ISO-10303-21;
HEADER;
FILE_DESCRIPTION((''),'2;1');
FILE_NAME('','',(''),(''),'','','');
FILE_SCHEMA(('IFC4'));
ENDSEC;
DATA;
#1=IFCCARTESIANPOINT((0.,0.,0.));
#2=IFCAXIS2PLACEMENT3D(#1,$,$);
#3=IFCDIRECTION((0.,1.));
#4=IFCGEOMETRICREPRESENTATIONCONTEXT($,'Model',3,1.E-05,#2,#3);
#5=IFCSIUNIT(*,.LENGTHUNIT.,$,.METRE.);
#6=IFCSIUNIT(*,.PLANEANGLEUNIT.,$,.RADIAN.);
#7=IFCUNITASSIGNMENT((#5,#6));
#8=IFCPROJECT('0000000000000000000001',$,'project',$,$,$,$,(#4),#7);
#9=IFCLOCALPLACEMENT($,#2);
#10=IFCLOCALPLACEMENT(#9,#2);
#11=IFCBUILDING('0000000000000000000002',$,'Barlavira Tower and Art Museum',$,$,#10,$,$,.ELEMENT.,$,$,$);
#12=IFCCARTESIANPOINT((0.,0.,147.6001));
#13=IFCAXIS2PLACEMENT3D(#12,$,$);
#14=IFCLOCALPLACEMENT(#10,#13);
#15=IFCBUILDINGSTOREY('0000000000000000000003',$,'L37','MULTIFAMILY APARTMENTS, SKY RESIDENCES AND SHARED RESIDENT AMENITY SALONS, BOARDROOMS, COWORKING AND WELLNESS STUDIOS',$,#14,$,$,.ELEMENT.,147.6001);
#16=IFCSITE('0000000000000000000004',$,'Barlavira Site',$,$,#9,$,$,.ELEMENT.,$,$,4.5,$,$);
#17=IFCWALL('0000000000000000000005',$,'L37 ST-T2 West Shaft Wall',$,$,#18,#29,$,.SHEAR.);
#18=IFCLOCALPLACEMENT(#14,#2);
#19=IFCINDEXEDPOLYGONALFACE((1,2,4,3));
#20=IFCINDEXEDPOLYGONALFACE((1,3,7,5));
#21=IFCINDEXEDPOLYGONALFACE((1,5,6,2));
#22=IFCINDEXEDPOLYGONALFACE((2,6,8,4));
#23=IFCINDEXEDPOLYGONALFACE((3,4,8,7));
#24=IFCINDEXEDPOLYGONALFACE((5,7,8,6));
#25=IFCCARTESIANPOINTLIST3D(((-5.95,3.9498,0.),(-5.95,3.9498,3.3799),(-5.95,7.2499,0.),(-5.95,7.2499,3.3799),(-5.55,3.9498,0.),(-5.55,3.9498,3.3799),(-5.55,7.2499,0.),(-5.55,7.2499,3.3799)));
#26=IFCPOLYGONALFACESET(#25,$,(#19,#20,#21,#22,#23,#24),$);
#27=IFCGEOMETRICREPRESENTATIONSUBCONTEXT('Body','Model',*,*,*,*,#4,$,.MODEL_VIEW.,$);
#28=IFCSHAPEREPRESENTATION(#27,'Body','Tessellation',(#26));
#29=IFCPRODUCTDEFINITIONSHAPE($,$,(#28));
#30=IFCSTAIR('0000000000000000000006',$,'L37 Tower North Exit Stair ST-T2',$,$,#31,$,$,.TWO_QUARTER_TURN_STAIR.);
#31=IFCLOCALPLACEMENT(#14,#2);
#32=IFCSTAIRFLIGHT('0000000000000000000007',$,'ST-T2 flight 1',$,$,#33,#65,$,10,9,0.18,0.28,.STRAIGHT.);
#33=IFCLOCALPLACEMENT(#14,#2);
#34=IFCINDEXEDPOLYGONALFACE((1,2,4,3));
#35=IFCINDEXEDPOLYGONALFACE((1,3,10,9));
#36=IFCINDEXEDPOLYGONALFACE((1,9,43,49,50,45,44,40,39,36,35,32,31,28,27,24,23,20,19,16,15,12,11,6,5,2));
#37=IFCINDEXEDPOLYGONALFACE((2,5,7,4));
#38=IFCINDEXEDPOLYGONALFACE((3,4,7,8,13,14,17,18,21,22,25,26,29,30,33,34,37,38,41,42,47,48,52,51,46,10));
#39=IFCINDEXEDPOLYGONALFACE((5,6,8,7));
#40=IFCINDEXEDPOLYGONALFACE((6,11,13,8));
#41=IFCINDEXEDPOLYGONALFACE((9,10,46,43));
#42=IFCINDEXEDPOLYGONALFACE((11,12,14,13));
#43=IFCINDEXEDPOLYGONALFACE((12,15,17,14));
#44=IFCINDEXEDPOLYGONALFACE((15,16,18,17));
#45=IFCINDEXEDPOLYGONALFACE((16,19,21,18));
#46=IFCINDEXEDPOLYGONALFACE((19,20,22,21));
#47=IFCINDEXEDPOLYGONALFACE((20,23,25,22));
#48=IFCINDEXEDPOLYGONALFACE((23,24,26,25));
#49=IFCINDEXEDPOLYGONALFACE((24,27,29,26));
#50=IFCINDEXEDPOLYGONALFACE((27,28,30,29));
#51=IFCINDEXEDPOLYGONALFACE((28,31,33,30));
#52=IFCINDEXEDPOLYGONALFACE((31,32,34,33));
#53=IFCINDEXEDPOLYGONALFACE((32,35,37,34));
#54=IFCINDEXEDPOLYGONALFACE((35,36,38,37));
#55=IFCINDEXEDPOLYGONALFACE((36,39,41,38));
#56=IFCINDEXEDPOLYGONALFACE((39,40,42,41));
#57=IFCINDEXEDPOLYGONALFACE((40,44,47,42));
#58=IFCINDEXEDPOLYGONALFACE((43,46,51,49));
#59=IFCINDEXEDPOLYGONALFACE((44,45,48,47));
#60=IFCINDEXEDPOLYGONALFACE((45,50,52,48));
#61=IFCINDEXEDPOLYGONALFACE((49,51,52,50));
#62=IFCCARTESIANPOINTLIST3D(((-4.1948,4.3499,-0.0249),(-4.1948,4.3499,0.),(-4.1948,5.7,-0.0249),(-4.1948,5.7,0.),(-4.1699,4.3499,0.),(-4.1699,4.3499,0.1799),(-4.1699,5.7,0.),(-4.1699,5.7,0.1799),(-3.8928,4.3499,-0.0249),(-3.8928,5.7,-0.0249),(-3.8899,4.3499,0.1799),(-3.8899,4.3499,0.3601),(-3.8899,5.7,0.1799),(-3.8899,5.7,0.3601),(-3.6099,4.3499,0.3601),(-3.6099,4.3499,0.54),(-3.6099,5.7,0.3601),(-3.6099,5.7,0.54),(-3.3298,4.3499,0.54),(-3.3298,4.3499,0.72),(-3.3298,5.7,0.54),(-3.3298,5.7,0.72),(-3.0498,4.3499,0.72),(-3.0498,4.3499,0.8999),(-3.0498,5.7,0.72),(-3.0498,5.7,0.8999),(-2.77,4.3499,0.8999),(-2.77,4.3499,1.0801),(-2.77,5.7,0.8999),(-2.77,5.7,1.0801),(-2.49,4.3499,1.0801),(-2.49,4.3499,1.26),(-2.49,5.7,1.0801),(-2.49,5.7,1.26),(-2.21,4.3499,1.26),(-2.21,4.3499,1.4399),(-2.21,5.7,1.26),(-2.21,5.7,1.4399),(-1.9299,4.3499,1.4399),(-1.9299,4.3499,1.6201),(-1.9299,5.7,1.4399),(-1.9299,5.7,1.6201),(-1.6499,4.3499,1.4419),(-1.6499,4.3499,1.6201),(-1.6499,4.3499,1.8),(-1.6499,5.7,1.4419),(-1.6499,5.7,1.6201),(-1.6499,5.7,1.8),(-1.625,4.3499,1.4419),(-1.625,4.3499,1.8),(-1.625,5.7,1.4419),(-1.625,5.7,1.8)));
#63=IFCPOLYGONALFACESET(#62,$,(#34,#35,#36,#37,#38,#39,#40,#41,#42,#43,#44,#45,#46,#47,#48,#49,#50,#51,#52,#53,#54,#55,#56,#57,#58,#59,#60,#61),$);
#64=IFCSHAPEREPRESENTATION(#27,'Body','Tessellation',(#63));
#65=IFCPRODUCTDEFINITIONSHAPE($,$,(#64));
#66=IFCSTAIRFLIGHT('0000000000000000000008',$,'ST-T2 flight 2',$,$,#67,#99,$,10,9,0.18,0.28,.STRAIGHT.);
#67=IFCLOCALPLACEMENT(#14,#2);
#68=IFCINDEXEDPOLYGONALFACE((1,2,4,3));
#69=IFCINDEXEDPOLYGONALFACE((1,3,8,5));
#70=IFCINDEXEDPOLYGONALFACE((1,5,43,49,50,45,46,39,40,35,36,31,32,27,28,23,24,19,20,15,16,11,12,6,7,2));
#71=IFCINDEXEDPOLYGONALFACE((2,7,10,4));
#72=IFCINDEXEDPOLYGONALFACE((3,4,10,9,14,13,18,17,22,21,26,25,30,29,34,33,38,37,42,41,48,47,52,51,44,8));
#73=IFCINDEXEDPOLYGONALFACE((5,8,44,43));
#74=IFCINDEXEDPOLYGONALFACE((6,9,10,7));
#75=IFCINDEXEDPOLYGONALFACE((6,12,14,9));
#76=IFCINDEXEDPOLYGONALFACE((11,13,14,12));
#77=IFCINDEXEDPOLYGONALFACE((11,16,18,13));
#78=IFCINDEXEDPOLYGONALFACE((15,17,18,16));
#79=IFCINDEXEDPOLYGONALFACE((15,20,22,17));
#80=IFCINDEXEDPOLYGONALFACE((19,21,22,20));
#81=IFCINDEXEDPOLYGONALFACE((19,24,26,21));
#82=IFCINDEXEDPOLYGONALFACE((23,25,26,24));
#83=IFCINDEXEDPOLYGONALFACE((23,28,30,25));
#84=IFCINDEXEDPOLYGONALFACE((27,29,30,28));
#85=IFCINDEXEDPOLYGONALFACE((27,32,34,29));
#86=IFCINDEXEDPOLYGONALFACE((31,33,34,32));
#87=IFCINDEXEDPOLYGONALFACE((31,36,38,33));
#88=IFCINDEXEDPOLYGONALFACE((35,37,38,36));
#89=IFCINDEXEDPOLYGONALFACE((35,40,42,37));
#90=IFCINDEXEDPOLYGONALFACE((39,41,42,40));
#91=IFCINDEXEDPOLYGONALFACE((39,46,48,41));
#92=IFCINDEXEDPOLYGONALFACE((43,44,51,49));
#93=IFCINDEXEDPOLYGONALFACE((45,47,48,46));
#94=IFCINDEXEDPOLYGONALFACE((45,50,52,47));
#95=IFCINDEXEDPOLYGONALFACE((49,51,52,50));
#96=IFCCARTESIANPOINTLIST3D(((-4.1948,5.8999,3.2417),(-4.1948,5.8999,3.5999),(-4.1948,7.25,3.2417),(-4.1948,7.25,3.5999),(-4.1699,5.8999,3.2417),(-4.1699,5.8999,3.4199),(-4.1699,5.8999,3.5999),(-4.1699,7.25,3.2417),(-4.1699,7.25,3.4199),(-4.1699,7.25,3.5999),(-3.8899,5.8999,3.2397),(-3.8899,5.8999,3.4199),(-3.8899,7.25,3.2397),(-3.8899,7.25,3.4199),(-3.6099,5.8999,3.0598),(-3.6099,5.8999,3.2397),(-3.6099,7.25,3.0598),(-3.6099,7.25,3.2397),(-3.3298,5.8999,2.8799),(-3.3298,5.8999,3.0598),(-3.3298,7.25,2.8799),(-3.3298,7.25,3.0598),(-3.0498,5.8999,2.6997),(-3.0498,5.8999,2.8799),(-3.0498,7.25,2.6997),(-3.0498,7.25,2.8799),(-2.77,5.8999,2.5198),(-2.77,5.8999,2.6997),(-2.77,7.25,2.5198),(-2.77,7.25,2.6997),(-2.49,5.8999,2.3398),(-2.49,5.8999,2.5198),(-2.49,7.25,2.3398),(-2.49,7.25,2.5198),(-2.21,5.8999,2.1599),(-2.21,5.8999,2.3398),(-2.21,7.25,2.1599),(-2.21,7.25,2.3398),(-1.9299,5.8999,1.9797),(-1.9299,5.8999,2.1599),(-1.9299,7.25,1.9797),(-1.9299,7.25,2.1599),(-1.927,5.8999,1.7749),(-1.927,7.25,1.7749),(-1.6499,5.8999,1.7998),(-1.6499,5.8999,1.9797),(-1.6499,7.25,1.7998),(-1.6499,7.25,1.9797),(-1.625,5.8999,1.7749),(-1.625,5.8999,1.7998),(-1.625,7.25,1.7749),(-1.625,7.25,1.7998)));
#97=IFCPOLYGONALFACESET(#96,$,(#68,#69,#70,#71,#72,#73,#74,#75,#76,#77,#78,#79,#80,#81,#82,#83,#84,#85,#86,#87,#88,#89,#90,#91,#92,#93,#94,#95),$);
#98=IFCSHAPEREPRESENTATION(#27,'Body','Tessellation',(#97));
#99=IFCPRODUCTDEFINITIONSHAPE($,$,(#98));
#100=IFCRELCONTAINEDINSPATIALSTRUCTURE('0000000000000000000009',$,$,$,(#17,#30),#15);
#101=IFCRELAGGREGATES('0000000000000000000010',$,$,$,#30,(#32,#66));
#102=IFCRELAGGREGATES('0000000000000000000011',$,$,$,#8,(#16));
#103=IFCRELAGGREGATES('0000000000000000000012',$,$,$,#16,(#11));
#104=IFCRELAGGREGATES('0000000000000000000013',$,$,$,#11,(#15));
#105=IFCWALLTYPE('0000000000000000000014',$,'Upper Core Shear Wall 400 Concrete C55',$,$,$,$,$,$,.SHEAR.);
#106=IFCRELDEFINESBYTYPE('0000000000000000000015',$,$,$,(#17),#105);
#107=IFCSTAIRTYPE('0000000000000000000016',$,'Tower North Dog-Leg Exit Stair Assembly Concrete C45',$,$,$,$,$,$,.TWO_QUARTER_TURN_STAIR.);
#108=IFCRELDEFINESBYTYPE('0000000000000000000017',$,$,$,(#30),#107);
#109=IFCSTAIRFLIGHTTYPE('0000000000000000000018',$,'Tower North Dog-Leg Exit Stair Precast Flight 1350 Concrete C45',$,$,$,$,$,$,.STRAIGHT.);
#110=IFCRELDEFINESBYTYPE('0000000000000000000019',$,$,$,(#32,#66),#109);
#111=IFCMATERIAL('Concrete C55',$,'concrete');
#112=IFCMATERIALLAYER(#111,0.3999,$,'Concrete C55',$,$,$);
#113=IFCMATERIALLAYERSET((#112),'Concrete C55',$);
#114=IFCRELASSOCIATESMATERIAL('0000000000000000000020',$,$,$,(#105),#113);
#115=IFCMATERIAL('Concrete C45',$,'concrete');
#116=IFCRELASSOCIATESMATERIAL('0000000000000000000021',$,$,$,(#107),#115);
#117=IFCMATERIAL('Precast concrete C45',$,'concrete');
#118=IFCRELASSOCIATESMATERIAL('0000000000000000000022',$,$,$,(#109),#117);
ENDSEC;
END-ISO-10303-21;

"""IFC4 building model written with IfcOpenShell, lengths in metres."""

from ifc_helpers import new_model, si_unit, direction, frame, frame_2d, origin, place, context, subcontext, project, spatial, polyline, rectangle, outline, extrude, material, layer, layer_set, type_object, element, aggregate, save


model = new_model("IFC4")

# Units and contexts
model_context = context("Model", 3, precision=1e-05, world=origin(), true_north=direction((0.0, 1.0)))
body_context = subcontext(model_context, "Body", "Model", "MODEL_VIEW")
ifc_project = project(units=[si_unit("LENGTHUNIT", "METRE"), si_unit("PLANEANGLEUNIT", "RADIAN")], contexts=[model_context])

# Site, building, storey
site_placement = place(None, origin())
site = spatial("IfcSite", under=ifc_project, at=site_placement, Name="Barlavira Site", CompositionType="ELEMENT", RefElevation=4.5)
building_placement = place(site_placement, origin())
building = spatial("IfcBuilding", under=site, at=building_placement, Name="Barlavira Tower and Art Museum", CompositionType="ELEMENT")
storey_placement = place(building_placement, frame((0.0, 0.0, 147.6001)))
storey = spatial("IfcBuildingStorey", under=building, at=storey_placement, Name="L37", Description="MULTIFAMILY APARTMENTS, SKY RESIDENCES AND SHARED RESIDENT AMENITY SALONS, BOARDROOMS, COWORKING AND WELLNESS STUDIOS", CompositionType="ELEMENT", Elevation=147.6001)

# Wall
ifc_material_1 = material(Name="Concrete C55", Category="concrete")
ifc_layer_1 = layer(ifc_material_1, 0.3999, Name="Concrete C55")
ifc_layer_set_1 = layer_set([ifc_layer_1], Name="Concrete C55")
wall_type_1 = type_object("IfcWallType", Name="Upper Core Shear Wall 400 Concrete C55", PredefinedType="SHEAR", material=ifc_layer_set_1)
wall_1_placement = place(storey_placement, frame((-5.75, 3.95, 0.0), z_axis=(0.0, 0.0, 1.0), x_axis=(0.0, 1.0, 0.0)))
element("IfcWall", 1, at=wall_1_placement, inside=storey, type_object=wall_type_1, Name="L37 ST-T2 West Shaft Wall", PredefinedType="SHEAR", context=body_context, shape_type="SweptSolid", body=[
    extrude(rectangle(XDim=3.3, YDim=0.3999, at=frame_2d((1.6499, 0.0))), origin(), (0.0, 0.0, 1.0), 3.3799),
])

# Stair, stair flights
ifc_material_2 = material(Name="Concrete C45", Category="concrete")
stair_type = type_object("IfcStairType", Name="Tower North Dog-Leg Exit Stair Assembly Concrete C45", PredefinedType="TWO_QUARTER_TURN_STAIR", material=ifc_material_2)
stair_placement = place(storey_placement, origin())
stair = element("IfcStair", 2, at=stair_placement, inside=storey, type_object=stair_type, Name="L37 Tower North Exit Stair ST-T2", PredefinedType="TWO_QUARTER_TURN_STAIR")
ifc_material_3 = material(Name="Precast concrete C45", Category="concrete")
stair_flight_type = type_object("IfcStairFlightType", Name="Tower North Dog-Leg Exit Stair Precast Flight 1350 Concrete C45", PredefinedType="STRAIGHT", material=ifc_material_3)
stair_flight_1_placement = place(storey_placement, frame((-4.1699, 5.0249, 0.0), z_axis=(0.0, 0.0, 1.0), x_axis=(1.0, 0.0, 0.0)))
stair_flight_1 = element("IfcStairFlight", 3, at=stair_flight_1_placement, type_object=stair_flight_type, Name="ST-T2 flight 1", NumberOfRisers=10, NumberOfTreads=9, PredefinedType="STRAIGHT", RiserHeight=0.18, TreadLength=0.28, context=body_context, shape_type="SweptSolid", body=[
    extrude(outline(polyline([(-0.0249, 0.0), (0.0, 0.0), (0.0, 0.1799), (0.28, 0.1799), (0.28, 0.3601), (0.5601, 0.3601), (0.5601, 0.54), (0.8401, 0.54), (0.8401, 0.72), (1.1201, 0.72), (1.1201, 0.8999), (1.3999, 0.8999), (1.3999, 1.0801), (1.6799, 1.0801), (1.6799, 1.26), (1.96, 1.26), (1.96, 1.4399), (2.24, 1.4399), (2.24, 1.6201), (2.52, 1.6201), (2.52, 1.8), (2.5449, 1.8), (2.5449, 1.4419), (2.52, 1.4419), (0.2771, -0.0249), (-0.0249, -0.0249), (-0.0249, 0.0)])), frame((0.0, 0.675, 0.0), z_axis=(0.0, -1.0, 0.0), x_axis=(1.0, 0.0, 0.0)), (0.0, 0.0, 1.0), 1.3501),
])
stair_flight_2_placement = place(storey_placement, frame((-1.6499, 6.575, 1.7998), z_axis=(0.0, 0.0, 1.0), x_axis=(-1.0, 0.0, 0.0)))
stair_flight_2 = element("IfcStairFlight", 4, at=stair_flight_2_placement, type_object=stair_flight_type, Name="ST-T2 flight 2", NumberOfRisers=10, NumberOfTreads=9, PredefinedType="STRAIGHT", RiserHeight=0.18, TreadLength=0.28, context=body_context, shape_type="SweptSolid", body=[
    extrude(outline(polyline([(-0.0249, 0.0), (0.0, 0.0), (0.0, 0.1799), (0.28, 0.1799), (0.28, 0.3601), (0.5601, 0.3601), (0.5601, 0.54), (0.8401, 0.54), (0.8401, 0.72), (1.1201, 0.72), (1.1201, 0.8999), (1.3999, 0.8999), (1.3999, 1.0801), (1.6799, 1.0801), (1.6799, 1.26), (1.96, 1.26), (1.96, 1.4399), (2.24, 1.4399), (2.24, 1.6201), (2.52, 1.6201), (2.52, 1.8), (2.5449, 1.8), (2.5449, 1.4419), (2.52, 1.4419), (0.2771, -0.0249), (-0.0249, -0.0249), (-0.0249, 0.0)])), frame((0.0, 0.675, 0.0), z_axis=(0.0, -1.0, 0.0), x_axis=(1.0, 0.0, 0.0)), (0.0, 0.0, 1.0), 1.3501),
])
aggregate(stair, [stair_flight_1, stair_flight_2])

save(model, "model.ifc")
